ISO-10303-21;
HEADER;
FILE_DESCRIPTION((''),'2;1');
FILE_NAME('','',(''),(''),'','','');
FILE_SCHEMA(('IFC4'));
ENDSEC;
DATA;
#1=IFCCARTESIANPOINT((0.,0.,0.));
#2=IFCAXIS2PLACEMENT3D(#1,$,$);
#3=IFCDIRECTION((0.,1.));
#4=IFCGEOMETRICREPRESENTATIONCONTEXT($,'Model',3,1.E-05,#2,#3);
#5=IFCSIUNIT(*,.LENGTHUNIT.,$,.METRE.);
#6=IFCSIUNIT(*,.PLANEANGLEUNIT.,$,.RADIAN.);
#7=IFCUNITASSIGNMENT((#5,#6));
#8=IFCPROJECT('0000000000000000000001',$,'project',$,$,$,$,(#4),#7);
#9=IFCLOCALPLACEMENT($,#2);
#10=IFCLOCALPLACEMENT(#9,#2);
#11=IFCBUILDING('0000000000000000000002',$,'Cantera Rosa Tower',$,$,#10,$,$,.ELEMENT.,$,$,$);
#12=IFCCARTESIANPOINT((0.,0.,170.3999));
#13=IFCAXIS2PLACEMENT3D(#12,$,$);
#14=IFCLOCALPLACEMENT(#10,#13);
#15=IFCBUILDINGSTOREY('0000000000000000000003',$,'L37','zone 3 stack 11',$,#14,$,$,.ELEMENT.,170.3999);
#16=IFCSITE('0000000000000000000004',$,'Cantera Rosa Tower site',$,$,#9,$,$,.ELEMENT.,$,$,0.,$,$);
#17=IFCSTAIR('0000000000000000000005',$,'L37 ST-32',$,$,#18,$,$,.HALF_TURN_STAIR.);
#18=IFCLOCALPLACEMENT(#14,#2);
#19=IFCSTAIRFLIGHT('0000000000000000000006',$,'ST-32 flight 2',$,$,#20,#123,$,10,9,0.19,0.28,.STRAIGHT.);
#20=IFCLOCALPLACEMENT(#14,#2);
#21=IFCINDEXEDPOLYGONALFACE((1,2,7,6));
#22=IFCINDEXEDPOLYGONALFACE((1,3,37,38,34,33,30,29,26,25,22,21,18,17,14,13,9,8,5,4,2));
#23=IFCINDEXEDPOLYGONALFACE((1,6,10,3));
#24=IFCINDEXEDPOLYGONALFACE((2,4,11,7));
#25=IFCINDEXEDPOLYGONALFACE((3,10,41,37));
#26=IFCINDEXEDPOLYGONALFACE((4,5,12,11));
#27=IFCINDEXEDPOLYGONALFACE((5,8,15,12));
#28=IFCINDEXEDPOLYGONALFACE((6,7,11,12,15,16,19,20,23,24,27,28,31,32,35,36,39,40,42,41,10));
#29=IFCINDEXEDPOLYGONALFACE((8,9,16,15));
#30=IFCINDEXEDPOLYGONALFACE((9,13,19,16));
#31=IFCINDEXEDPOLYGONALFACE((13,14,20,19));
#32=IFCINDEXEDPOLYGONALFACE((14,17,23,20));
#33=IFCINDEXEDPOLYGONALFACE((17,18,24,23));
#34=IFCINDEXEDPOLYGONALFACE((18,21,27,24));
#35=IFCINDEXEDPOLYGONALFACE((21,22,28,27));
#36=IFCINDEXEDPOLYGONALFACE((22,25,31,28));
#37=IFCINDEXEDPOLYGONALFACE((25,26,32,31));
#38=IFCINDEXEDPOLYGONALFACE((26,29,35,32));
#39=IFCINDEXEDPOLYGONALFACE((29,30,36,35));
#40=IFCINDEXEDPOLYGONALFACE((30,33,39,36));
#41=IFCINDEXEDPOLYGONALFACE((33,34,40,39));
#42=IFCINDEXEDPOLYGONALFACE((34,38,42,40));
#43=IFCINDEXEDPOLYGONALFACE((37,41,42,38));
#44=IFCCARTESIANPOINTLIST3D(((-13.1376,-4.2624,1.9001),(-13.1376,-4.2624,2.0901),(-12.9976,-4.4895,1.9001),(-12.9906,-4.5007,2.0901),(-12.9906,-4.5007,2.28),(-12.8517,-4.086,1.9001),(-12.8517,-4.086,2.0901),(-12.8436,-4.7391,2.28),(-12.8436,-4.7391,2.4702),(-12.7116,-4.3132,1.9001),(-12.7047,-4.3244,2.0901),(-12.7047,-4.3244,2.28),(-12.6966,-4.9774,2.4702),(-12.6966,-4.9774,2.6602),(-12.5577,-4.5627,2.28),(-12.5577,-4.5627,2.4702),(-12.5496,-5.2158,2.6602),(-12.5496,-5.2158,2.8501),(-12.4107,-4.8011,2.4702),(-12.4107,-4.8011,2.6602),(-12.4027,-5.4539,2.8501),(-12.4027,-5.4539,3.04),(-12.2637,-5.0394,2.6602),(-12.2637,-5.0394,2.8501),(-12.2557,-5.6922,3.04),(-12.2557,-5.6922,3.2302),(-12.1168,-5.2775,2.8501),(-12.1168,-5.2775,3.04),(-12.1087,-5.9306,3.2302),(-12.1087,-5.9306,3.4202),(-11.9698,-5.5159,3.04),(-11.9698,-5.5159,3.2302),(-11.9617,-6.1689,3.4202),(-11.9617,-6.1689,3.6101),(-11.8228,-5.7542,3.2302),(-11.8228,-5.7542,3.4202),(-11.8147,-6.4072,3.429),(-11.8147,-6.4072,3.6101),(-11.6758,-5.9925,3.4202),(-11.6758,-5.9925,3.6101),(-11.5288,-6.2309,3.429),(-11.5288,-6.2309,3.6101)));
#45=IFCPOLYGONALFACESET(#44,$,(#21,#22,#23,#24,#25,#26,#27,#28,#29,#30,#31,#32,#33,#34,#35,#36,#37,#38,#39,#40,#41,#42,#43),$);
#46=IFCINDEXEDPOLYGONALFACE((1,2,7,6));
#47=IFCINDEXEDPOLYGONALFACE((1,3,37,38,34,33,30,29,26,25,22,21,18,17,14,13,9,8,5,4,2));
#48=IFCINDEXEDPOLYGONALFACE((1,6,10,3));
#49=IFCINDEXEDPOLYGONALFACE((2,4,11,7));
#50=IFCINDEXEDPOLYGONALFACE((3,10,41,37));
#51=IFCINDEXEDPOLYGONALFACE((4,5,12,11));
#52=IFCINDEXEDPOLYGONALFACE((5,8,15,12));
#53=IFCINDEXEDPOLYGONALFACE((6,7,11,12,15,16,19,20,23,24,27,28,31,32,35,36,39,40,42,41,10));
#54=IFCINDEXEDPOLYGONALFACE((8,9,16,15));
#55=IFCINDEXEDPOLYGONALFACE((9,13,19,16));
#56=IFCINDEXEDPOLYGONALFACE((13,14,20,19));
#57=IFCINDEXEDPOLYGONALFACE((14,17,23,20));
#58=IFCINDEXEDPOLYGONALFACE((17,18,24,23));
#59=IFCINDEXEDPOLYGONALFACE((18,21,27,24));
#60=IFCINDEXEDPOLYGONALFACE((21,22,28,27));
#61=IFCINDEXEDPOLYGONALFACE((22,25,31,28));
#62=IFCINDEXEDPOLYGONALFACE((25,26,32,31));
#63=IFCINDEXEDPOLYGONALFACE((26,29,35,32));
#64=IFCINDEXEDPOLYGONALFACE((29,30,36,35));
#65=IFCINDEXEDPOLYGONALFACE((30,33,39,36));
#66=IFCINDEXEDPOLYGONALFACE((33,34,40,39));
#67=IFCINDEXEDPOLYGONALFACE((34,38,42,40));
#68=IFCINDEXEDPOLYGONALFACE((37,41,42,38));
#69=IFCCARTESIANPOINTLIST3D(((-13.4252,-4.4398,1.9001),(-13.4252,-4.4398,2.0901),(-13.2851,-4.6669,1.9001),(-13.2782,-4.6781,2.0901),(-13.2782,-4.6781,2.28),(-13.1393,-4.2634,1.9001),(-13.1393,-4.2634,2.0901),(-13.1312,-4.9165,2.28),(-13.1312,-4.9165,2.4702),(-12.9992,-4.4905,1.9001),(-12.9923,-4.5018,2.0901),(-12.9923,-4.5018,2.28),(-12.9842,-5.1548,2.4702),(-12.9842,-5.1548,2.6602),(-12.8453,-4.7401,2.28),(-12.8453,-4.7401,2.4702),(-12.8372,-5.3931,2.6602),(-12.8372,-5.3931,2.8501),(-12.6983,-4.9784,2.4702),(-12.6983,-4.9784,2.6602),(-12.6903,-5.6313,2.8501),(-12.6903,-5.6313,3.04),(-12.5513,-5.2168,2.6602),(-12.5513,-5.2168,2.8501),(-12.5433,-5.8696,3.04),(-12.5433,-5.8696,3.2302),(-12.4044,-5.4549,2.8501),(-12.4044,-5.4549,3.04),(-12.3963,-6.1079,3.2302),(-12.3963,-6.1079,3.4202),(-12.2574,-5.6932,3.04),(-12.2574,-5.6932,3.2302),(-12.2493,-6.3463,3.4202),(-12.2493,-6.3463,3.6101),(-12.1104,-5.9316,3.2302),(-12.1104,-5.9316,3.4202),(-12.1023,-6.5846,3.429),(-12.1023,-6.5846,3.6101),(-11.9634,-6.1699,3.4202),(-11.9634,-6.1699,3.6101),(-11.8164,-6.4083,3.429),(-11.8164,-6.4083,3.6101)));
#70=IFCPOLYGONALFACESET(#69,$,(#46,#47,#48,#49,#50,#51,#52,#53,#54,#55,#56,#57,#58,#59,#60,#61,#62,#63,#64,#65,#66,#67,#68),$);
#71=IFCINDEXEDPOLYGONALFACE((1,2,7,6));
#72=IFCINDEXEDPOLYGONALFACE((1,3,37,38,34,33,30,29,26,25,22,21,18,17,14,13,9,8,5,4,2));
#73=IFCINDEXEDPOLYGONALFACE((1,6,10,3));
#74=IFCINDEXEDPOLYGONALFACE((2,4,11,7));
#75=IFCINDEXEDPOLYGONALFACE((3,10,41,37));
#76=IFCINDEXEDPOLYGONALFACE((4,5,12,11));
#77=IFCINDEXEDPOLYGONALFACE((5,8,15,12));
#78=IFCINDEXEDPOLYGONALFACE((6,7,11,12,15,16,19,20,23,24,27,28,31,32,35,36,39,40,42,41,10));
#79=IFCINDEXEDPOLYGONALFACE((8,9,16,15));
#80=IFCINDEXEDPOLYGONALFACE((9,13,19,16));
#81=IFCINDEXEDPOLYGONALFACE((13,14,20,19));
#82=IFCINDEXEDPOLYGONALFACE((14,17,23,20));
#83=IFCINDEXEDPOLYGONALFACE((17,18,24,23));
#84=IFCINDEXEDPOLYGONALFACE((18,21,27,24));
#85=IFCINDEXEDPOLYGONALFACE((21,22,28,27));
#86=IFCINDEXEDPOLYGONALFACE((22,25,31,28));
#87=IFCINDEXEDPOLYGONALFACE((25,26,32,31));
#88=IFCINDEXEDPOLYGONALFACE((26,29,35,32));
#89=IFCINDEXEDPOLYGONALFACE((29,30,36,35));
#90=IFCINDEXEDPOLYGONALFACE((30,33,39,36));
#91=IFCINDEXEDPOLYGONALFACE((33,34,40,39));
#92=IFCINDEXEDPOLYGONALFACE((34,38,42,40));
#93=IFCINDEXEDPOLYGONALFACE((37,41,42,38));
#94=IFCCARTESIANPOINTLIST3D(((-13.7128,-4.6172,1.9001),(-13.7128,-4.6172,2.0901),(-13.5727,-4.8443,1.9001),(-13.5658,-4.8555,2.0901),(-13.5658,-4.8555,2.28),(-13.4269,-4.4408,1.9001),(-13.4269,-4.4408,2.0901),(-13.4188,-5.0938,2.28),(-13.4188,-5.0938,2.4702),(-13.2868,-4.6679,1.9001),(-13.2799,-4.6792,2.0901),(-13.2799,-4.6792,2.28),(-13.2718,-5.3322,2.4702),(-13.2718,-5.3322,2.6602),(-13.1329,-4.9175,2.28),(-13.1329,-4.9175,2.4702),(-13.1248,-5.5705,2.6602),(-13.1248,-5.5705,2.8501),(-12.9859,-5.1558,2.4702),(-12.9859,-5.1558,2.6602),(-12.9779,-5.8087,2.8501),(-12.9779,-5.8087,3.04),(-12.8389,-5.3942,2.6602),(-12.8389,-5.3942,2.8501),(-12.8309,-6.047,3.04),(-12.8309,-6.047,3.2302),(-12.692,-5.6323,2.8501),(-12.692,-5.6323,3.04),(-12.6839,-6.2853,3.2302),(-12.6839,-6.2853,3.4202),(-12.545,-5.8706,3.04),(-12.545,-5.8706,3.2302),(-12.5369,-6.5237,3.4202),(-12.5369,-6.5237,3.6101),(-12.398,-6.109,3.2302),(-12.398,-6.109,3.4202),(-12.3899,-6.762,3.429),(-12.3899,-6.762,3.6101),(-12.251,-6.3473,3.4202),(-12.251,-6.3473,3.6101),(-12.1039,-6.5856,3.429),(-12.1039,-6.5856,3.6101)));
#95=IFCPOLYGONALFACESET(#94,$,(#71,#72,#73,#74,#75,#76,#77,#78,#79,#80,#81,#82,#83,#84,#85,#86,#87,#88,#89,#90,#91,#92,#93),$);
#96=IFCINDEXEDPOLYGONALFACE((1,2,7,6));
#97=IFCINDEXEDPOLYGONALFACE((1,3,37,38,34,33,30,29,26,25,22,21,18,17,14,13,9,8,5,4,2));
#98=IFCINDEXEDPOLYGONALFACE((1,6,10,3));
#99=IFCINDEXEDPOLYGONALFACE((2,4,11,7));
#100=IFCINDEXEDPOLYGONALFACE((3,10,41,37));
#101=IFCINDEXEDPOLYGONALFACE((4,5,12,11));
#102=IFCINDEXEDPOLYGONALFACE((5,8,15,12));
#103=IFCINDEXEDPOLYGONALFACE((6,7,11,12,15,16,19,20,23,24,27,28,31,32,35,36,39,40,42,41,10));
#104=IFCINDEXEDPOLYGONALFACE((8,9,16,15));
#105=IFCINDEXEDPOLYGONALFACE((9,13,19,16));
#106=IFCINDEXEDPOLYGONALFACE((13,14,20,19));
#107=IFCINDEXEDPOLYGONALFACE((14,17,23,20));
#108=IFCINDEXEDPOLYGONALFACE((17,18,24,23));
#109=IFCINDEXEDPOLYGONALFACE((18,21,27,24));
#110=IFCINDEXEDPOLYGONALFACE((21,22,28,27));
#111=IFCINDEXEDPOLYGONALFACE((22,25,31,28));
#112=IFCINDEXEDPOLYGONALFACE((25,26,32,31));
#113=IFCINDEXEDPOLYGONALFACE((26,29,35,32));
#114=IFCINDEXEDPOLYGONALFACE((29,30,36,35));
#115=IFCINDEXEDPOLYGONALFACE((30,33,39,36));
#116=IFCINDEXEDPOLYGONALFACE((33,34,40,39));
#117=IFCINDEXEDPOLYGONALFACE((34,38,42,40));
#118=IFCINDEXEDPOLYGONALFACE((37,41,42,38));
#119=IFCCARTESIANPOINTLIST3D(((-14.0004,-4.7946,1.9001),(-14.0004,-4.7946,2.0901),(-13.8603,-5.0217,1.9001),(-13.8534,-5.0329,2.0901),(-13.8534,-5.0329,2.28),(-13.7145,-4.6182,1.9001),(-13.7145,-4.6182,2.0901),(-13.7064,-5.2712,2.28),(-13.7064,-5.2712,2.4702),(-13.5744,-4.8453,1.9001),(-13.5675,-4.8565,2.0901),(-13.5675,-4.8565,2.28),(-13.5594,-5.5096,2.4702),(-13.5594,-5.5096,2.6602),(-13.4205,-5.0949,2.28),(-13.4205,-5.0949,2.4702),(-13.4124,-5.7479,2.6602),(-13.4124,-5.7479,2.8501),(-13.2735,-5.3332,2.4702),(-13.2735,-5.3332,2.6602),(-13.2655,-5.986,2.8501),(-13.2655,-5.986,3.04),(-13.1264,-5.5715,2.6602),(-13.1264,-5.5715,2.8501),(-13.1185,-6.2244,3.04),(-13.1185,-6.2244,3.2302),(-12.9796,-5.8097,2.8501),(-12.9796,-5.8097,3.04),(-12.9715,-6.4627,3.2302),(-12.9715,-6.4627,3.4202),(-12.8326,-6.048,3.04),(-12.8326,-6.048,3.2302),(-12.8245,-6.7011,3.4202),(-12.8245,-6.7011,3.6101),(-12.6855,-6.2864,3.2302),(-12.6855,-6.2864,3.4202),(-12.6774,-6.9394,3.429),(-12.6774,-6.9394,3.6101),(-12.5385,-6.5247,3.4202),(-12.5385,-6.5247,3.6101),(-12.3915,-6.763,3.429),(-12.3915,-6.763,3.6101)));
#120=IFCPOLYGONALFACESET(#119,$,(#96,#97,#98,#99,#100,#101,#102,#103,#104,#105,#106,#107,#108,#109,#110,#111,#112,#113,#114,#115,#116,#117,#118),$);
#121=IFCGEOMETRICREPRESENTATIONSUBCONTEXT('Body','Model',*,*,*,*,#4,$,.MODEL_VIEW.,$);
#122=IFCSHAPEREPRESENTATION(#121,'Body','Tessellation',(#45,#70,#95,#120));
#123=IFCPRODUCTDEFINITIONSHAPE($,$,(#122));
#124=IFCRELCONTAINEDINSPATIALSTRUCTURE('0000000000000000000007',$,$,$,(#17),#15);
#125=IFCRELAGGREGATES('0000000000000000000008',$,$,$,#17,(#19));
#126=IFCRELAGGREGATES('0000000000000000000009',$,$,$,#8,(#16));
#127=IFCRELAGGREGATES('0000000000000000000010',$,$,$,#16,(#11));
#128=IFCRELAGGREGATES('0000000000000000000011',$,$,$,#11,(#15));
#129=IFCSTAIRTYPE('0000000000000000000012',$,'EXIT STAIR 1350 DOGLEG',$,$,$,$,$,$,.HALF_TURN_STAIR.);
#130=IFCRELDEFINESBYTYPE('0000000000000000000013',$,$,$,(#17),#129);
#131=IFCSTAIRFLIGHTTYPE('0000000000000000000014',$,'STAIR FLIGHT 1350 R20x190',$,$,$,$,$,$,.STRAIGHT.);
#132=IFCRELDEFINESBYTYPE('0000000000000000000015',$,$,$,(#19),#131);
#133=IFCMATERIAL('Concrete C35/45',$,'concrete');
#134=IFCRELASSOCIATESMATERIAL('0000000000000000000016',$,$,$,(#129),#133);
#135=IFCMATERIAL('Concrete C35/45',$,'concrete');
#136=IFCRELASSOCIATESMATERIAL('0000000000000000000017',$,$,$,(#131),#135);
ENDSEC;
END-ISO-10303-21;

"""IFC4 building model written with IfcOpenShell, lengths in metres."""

from ifc_helpers import new_model, si_unit, direction, frame, origin, place, context, subcontext, project, spatial, polyline, outline, extrude, material, type_object, element, aggregate, save


model = new_model("IFC4")

# Units and contexts
model_context = context("Model", 3, precision=1e-05, world=origin(), true_north=direction((0.0, 1.0)))
body_context = subcontext(model_context, "Body", "Model", "MODEL_VIEW")
ifc_project = project(units=[si_unit("LENGTHUNIT", "METRE"), si_unit("PLANEANGLEUNIT", "RADIAN")], contexts=[model_context])

# Site, building, storey
site_placement = place(None, origin())
site = spatial("IfcSite", under=ifc_project, at=site_placement, Name="Cantera Rosa Tower site", CompositionType="ELEMENT", RefElevation=0.0)
building_placement = place(site_placement, origin())
building = spatial("IfcBuilding", under=site, at=building_placement, Name="Cantera Rosa Tower", CompositionType="ELEMENT")
storey_placement = place(building_placement, frame((0.0, 0.0, 170.3999)))
storey = spatial("IfcBuildingStorey", under=building, at=storey_placement, Name="L37", Description="zone 3 stack 11", CompositionType="ELEMENT", Elevation=170.3999)

# Stair, stair flight
ifc_material_1 = material(Name="Concrete C35/45", Category="concrete")
stair_type = type_object("IfcStairType", Name="EXIT STAIR 1350 DOGLEG", PredefinedType="HALF_TURN_STAIR", material=ifc_material_1)
stair_placement = place(storey_placement, origin())
stair = element("IfcStair", 1, at=stair_placement, inside=storey, type_object=stair_type, Name="L37 ST-32", PredefinedType="HALF_TURN_STAIR")
ifc_material_2 = material(Name="Concrete C35/45", Category="concrete")
stair_flight_type = type_object("IfcStairFlightType", Name="STAIR FLIGHT 1350 R20x190", PredefinedType="STRAIGHT", material=ifc_material_2)
stair_flight_placement = place(storey_placement, frame((-13.4263, -4.4404, 1.9001), z_axis=(0.0, 0.0, 1.0), x_axis=(0.524977, -0.851117, 0.0)))
stair_flight = element("IfcStairFlight", 2, at=stair_flight_placement, type_object=stair_flight_type, Name="ST-32 flight 2", NumberOfRisers=10, NumberOfTreads=9, PredefinedType="STRAIGHT", RiserHeight=0.19, TreadLength=0.28, context=body_context, shape_type="SweptSolid", body=[
    extrude(outline(polyline([(0.0, 0.0), (0.0, 0.1899), (0.28, 0.1899), (0.28, 0.3799), (0.5601, 0.3799), (0.5601, 0.5701), (0.8401, 0.5701), (0.8401, 0.76), (1.1201, 0.76), (1.1201, 0.95), (1.3999, 0.95), (1.3999, 1.1399), (1.6799, 1.1399), (1.6799, 1.3301), (1.96, 1.3301), (1.96, 1.52), (2.24, 1.52), (2.24, 1.71), (2.52, 1.71), (2.52, 1.8999), (2.52, 1.5288), (0.2668, 0.0), (0.0, 0.0)])), frame((0.0, 0.675, 0.0), z_axis=(0.0, -1.0, 0.0), x_axis=(1.0, 0.0, 0.0)), (0.0, 0.0, 1.0), 0.3359),
    extrude(outline(polyline([(0.0, 0.0), (0.0, 0.1899), (0.28, 0.1899), (0.28, 0.3799), (0.5601, 0.3799), (0.5601, 0.5701), (0.8401, 0.5701), (0.8401, 0.76), (1.1201, 0.76), (1.1201, 0.95), (1.3999, 0.95), (1.3999, 1.1399), (1.6799, 1.1399), (1.6799, 1.3301), (1.96, 1.3301), (1.96, 1.52), (2.24, 1.52), (2.24, 1.71), (2.52, 1.71), (2.52, 1.8999), (2.52, 1.5288), (0.2668, 0.0), (0.0, 0.0)])), frame((0.0, 0.3372, 0.0), z_axis=(0.0, -1.0, 0.0), x_axis=(1.0, 0.0, 0.0)), (0.0, 0.0, 1.0), 0.3359),
    extrude(outline(polyline([(0.0, 0.0), (0.0, 0.1899), (0.28, 0.1899), (0.28, 0.3799), (0.5601, 0.3799), (0.5601, 0.5701), (0.8401, 0.5701), (0.8401, 0.76), (1.1201, 0.76), (1.1201, 0.95), (1.3999, 0.95), (1.3999, 1.1399), (1.6799, 1.1399), (1.6799, 1.3301), (1.96, 1.3301), (1.96, 1.52), (2.24, 1.52), (2.24, 1.71), (2.52, 1.71), (2.52, 1.8999), (2.52, 1.5288), (0.2668, 0.0), (0.0, 0.0)])), frame((0.0, -0.0007, 0.0), z_axis=(0.0, -1.0, 0.0), x_axis=(1.0, 0.0, 0.0)), (0.0, 0.0, 1.0), 0.3359),
    extrude(outline(polyline([(0.0, 0.0), (0.0, 0.1899), (0.28, 0.1899), (0.28, 0.3799), (0.5601, 0.3799), (0.5601, 0.5701), (0.8401, 0.5701), (0.8401, 0.76), (1.1201, 0.76), (1.1201, 0.95), (1.3999, 0.95), (1.3999, 1.1399), (1.6799, 1.1399), (1.6799, 1.3301), (1.96, 1.3301), (1.96, 1.52), (2.24, 1.52), (2.24, 1.71), (2.52, 1.71), (2.52, 1.8999), (2.52, 1.5288), (0.2668, 0.0), (0.0, 0.0)])), frame((0.0, -0.3386, 0.0), z_axis=(0.0, -1.0, 0.0), x_axis=(1.0, 0.0, 0.0)), (0.0, 0.0, 1.0), 0.3359),
])
aggregate(stair, [stair_flight])

save(model, "model.ifc")
